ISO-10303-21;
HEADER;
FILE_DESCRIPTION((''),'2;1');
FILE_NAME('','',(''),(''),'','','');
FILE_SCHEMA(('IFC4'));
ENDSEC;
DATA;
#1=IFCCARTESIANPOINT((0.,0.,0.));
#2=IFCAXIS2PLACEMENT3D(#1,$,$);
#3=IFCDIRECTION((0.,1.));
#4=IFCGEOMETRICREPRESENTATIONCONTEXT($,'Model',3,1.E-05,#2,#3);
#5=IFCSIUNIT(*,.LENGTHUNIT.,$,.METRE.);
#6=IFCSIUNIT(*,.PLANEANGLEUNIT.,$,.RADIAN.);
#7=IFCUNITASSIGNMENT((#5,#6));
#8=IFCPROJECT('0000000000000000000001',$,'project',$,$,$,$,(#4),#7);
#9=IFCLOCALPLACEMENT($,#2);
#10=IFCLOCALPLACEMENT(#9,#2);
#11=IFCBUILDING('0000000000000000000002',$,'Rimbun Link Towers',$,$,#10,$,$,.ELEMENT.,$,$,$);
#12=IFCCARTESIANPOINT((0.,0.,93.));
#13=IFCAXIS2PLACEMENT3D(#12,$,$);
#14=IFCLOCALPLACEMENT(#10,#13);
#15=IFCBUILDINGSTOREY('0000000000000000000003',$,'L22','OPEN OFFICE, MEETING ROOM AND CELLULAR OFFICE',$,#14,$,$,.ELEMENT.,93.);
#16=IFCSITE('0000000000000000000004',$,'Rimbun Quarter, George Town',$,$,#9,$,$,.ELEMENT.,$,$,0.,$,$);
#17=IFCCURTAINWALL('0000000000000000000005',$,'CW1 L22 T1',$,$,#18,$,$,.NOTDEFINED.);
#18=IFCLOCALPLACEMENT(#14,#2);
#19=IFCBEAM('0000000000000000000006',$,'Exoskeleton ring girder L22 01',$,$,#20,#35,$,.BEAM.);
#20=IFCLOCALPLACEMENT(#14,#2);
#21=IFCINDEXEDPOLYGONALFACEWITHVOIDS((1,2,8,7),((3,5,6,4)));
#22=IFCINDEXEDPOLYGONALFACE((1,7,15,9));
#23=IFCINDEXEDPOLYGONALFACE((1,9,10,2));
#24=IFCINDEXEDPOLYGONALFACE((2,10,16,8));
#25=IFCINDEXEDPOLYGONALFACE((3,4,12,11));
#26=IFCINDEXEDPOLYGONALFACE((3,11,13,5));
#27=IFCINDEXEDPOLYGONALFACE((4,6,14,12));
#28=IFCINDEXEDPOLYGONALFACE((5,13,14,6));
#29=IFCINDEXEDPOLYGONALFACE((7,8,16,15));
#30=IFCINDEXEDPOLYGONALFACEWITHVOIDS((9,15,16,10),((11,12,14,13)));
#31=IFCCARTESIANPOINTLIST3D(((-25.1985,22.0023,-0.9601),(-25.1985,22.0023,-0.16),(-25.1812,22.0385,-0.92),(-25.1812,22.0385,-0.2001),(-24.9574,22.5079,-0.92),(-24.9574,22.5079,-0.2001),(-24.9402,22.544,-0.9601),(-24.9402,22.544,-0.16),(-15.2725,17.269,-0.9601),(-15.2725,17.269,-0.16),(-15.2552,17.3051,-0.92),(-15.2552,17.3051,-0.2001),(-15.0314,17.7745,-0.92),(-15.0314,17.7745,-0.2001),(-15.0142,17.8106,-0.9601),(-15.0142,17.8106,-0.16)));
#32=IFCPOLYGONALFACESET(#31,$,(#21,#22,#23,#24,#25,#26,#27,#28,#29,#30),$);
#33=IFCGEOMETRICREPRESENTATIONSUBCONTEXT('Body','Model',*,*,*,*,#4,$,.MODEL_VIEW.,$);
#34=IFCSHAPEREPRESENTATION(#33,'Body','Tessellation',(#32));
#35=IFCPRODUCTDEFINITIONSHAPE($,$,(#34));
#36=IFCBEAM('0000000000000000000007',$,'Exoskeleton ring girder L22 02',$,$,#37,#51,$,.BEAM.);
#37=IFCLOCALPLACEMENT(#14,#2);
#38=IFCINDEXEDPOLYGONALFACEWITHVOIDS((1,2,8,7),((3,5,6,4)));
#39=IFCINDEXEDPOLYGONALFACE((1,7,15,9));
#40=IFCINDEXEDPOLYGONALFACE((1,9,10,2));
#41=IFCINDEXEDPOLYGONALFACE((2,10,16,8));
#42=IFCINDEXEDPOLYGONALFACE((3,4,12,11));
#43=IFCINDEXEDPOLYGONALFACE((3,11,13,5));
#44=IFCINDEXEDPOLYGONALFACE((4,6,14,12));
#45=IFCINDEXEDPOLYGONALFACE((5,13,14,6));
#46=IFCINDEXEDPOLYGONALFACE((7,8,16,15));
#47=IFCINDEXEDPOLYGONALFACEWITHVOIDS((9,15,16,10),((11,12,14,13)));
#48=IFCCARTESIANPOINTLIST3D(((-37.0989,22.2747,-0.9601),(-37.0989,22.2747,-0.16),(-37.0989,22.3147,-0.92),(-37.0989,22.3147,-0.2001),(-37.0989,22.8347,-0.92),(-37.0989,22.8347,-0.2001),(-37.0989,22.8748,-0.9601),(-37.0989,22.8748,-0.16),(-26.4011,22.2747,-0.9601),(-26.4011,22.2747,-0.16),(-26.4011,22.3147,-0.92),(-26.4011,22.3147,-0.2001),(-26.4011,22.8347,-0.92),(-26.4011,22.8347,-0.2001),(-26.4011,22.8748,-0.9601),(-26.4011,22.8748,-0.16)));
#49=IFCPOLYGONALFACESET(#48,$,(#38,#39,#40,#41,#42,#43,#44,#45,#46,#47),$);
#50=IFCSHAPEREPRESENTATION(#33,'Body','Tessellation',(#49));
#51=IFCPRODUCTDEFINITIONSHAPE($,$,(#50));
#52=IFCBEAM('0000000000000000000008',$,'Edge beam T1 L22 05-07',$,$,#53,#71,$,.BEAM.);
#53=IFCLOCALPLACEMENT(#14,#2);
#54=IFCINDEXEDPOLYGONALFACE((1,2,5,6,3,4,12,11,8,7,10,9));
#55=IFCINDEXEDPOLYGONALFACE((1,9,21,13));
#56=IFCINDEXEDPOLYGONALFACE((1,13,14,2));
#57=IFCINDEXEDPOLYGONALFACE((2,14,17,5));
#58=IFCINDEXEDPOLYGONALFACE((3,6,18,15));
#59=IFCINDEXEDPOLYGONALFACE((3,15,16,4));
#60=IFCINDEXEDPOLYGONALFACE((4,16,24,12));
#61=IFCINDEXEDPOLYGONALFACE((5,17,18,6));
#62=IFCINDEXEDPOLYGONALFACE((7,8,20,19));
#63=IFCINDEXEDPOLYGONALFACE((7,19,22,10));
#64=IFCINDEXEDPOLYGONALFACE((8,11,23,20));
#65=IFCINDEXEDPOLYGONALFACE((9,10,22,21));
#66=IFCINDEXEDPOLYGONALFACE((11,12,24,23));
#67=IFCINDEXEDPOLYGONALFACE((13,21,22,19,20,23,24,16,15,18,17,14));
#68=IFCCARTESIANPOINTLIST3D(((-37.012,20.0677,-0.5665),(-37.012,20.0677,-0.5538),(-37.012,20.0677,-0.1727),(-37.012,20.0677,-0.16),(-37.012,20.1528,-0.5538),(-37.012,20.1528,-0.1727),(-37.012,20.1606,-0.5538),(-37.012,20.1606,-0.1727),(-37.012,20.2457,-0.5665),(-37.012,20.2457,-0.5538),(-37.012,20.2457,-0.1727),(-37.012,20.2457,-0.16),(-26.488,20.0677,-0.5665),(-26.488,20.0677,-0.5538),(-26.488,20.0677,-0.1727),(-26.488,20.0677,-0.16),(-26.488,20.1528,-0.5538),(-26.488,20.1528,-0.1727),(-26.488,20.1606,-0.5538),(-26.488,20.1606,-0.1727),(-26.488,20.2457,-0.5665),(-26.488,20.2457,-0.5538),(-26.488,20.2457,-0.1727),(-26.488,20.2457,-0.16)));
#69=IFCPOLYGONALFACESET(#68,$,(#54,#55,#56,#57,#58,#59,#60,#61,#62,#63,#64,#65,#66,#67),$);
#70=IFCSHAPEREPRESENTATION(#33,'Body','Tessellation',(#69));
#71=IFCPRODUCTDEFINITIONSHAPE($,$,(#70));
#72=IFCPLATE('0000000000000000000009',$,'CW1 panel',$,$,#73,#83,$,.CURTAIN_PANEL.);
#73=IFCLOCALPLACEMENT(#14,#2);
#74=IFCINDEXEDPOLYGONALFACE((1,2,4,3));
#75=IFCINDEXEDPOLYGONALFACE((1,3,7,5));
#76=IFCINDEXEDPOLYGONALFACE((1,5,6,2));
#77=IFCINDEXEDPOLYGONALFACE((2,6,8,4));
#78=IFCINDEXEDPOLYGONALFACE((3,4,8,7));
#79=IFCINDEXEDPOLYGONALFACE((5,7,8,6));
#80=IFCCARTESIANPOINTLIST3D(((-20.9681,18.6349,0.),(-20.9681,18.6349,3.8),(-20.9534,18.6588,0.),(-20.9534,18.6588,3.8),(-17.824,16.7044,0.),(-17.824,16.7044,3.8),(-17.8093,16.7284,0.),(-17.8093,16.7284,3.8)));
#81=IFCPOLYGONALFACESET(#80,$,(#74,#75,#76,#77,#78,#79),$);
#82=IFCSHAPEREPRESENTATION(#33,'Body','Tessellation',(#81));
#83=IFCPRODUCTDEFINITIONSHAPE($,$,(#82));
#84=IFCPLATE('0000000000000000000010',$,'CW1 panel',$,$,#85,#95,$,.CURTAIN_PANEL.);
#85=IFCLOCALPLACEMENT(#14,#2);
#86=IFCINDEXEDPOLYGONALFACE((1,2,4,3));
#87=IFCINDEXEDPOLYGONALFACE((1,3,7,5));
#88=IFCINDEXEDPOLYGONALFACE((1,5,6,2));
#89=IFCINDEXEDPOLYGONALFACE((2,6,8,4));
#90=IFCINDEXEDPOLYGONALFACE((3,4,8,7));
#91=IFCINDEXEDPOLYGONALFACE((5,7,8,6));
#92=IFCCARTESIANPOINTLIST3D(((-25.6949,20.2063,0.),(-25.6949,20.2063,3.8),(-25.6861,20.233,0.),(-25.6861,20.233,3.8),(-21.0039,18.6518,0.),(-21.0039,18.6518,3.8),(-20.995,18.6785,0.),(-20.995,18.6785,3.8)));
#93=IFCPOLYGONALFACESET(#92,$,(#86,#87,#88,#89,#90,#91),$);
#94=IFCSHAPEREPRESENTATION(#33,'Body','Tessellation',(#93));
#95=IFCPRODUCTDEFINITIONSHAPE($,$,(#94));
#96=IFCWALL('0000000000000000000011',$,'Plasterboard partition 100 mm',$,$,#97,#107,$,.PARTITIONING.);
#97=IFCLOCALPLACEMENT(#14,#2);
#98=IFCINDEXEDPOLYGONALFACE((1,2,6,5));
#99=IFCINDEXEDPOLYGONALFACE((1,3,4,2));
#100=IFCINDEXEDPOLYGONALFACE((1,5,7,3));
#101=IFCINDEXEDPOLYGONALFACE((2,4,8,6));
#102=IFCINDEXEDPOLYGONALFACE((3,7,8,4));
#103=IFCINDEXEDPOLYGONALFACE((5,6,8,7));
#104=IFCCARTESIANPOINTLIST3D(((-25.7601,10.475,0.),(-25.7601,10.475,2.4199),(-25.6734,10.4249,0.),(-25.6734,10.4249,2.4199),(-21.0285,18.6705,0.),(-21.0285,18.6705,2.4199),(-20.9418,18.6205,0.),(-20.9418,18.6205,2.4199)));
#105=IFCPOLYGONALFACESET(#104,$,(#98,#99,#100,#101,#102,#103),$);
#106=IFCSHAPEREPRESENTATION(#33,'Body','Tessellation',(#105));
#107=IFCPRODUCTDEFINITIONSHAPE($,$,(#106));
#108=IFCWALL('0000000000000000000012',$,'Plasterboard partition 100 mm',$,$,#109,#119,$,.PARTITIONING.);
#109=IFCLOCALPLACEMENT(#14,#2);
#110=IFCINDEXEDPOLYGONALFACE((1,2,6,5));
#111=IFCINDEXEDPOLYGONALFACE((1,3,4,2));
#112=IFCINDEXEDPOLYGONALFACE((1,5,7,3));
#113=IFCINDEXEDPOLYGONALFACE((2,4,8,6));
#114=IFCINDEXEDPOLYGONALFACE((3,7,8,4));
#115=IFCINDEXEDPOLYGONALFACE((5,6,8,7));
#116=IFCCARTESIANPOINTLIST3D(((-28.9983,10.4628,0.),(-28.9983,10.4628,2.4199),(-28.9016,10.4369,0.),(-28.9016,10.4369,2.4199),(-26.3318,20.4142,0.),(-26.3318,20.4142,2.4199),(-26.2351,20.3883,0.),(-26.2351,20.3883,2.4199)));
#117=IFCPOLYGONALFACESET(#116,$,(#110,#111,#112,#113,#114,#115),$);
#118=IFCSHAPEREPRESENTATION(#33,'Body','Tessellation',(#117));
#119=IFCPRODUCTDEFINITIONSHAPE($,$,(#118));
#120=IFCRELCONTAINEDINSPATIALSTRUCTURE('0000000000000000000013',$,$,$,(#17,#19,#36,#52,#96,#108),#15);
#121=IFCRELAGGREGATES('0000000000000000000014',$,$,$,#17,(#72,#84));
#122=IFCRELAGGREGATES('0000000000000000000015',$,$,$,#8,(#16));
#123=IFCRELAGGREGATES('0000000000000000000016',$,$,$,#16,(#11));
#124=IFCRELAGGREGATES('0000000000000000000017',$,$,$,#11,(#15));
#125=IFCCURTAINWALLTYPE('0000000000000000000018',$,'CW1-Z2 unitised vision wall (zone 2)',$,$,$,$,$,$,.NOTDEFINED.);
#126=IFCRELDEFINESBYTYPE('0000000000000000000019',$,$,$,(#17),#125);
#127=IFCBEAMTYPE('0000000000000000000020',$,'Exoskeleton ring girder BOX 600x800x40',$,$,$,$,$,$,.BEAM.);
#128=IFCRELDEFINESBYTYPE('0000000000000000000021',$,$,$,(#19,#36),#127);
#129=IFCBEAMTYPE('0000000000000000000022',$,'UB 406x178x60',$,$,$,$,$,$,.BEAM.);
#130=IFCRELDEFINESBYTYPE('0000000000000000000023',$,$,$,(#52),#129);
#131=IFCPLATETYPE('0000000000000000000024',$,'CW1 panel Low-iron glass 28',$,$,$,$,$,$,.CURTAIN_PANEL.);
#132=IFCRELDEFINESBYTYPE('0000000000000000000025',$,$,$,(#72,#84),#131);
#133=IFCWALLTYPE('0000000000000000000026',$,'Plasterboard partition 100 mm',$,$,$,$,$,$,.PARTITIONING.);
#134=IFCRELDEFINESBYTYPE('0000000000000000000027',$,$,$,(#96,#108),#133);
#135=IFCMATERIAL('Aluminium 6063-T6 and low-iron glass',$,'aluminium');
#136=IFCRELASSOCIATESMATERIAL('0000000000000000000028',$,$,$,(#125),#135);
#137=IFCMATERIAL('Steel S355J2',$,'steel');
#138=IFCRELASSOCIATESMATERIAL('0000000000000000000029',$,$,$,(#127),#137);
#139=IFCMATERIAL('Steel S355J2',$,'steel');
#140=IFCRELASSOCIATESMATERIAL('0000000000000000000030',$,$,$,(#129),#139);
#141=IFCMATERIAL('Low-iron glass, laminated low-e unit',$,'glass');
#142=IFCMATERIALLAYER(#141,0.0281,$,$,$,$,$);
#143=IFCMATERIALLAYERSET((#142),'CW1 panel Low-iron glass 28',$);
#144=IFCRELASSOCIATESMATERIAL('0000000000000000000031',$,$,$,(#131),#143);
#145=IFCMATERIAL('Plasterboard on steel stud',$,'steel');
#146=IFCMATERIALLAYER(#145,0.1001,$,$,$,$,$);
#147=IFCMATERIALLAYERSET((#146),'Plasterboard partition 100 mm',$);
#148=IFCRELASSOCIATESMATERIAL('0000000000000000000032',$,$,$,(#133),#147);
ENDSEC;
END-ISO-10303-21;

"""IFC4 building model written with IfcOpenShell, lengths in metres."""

from ifc_helpers import new_model, si_unit, direction, frame, frame_2d, origin, origin_2d, place, context, subcontext, project, spatial, rectangle, hollow_rectangle, i_section, extrude, material, layer, layer_set, material_profile, profile_set, type_object, element, aggregate, save


model = new_model("IFC4")

# Units and contexts
model_context = context("Model", 3, precision=1e-05, world=origin(), true_north=direction((0.0, 1.0)))
body_context = subcontext(model_context, "Body", "Model", "MODEL_VIEW")
ifc_project = project(units=[si_unit("LENGTHUNIT", "METRE"), si_unit("PLANEANGLEUNIT", "RADIAN")], contexts=[model_context])

# Site, building, storey
site_placement = place(None, origin())
site = spatial("IfcSite", under=ifc_project, at=site_placement, Name="Rimbun Quarter, George Town", CompositionType="ELEMENT", RefElevation=0.0)
building_placement = place(site_placement, origin())
building = spatial("IfcBuilding", under=site, at=building_placement, Name="Rimbun Link Towers", CompositionType="ELEMENT")
storey_placement = place(building_placement, frame((0.0, 0.0, 93.0)))
storey = spatial("IfcBuildingStorey", under=building, at=storey_placement, Name="L22", Description="OPEN OFFICE, MEETING ROOM AND CELLULAR OFFICE", CompositionType="ELEMENT", Elevation=93.0)

# Curtain wall
ifc_material_1 = material(Name="Aluminium 6063-T6 and low-iron glass", Category="aluminium")
curtain_wall_type = type_object("IfcCurtainWallType", Name="CW1-Z2 unitised vision wall (zone 2)", PredefinedType="NOTDEFINED", material=ifc_material_1)
curtain_wall_placement = place(storey_placement, origin())
curtain_wall = element("IfcCurtainWall", 1, at=curtain_wall_placement, inside=storey, type_object=curtain_wall_type, Name="CW1 L22 T1", PredefinedType="NOTDEFINED")

# Beams
ifc_material_2 = material(Name="Steel S355J2", Category="steel")
ifc_material_profile_1 = material_profile(ifc_material_2, hollow_rectangle(XDim=0.6001, YDim=0.8, WallThickness=0.04, at=origin_2d()), Name="Exoskeleton ring girder BOX 600x800x40")
ifc_profile_set_1 = profile_set([ifc_material_profile_1], Name="Steel S355J2")
beam_type_1 = type_object("IfcBeamType", Name="Exoskeleton ring girder BOX 600x800x40", PredefinedType="BEAM", material=ifc_profile_set_1)
beam_1_placement = place(storey_placement, frame((-15.1433, 17.5398, -0.5601), z_axis=(-0.902623, 0.430432, 0.0), x_axis=(-0.430432, -0.902623, 0.0)))
element("IfcBeam", 2, at=beam_1_placement, inside=storey, type_object=beam_type_1, Name="Exoskeleton ring girder L22 01", PredefinedType="BEAM", context=body_context, shape_type="SweptSolid", body=[
    extrude(hollow_rectangle(XDim=0.6001, YDim=0.8, WallThickness=0.04, at=origin_2d()), origin(), (0.0, 0.0, 1.0), 10.9968),
])
beam_2_placement = place(storey_placement, frame((-26.4011, 22.5747, -0.5601), z_axis=(-1.0, 0.0, 0.0), x_axis=(0.0, -1.0, 0.0)))
element("IfcBeam", 3, at=beam_2_placement, inside=storey, type_object=beam_type_1, Name="Exoskeleton ring girder L22 02", PredefinedType="BEAM", context=body_context, shape_type="SweptSolid", body=[
    extrude(hollow_rectangle(XDim=0.6001, YDim=0.8, WallThickness=0.04, at=origin_2d()), origin(), (0.0, 0.0, 1.0), 10.6978),
])
ifc_material_3 = material(Name="Steel S355J2", Category="steel")
ifc_material_profile_2 = material_profile(ifc_material_3, i_section(OverallWidth=0.178, OverallDepth=0.4065, WebThickness=0.0078, FlangeThickness=0.0127, at=origin_2d()), Name="UB 406x178x60")
ifc_profile_set_2 = profile_set([ifc_material_profile_2], Name="Steel S355J2")
beam_type_2 = type_object("IfcBeamType", Name="UB 406x178x60", PredefinedType="BEAM", material=ifc_profile_set_2)
beam_3_placement = place(storey_placement, frame((-26.488, 20.1567, -0.3633), z_axis=(-1.0, 0.0, 0.0), x_axis=(0.0, -1.0, 0.0)))
element("IfcBeam", 4, at=beam_3_placement, inside=storey, type_object=beam_type_2, Name="Edge beam T1 L22 05-07", PredefinedType="BEAM", context=body_context, shape_type="SweptSolid", body=[
    extrude(i_section(OverallWidth=0.178, OverallDepth=0.4065, WebThickness=0.0078, FlangeThickness=0.0127, at=origin_2d()), origin(), (0.0, 0.0, 1.0), 10.5239),
])

# Plates
ifc_material_4 = material(Name="Low-iron glass, laminated low-e unit", Category="glass")
ifc_layer_1 = layer(ifc_material_4, 0.0281)
ifc_layer_set_1 = layer_set([ifc_layer_1], Name="CW1 panel Low-iron glass 28")
plate_type = type_object("IfcPlateType", Name="CW1 panel Low-iron glass 28", PredefinedType="CURTAIN_PANEL", material=ifc_layer_set_1)
plate_1_placement = place(storey_placement, frame((-19.3887, 17.6816, 0.0), z_axis=(0.0, 0.0, 1.0), x_axis=(0.852186, -0.523239, 0.0)))
plate_1 = element("IfcPlate", 5, at=plate_1_placement, type_object=plate_type, Name="CW1 panel", PredefinedType="CURTAIN_PANEL", context=body_context, shape_type="SweptSolid", body=[
    extrude(rectangle(XDim=3.6895, YDim=0.0281, at=origin_2d()), origin(), (0.0, 0.0, 1.0), 3.8),
])
plate_2_placement = place(storey_placement, frame((-23.345, 19.4424, 0.0), z_axis=(0.0, 0.0, 1.0), x_axis=(0.949239, -0.314556, 0.0)))
plate_2 = element("IfcPlate", 6, at=plate_2_placement, type_object=plate_type, Name="CW1 panel", PredefinedType="CURTAIN_PANEL", context=body_context, shape_type="SweptSolid", body=[
    extrude(rectangle(XDim=4.9419, YDim=0.0281, at=origin_2d()), origin(), (0.0, 0.0, 1.0), 3.8),
])
aggregate(curtain_wall, [plate_1, plate_2])

# Walls
ifc_material_5 = material(Name="Plasterboard on steel stud", Category="steel")
ifc_layer_2 = layer(ifc_material_5, 0.1001)
ifc_layer_set_2 = layer_set([ifc_layer_2], Name="Plasterboard partition 100 mm")
wall_type = type_object("IfcWallType", Name="Plasterboard partition 100 mm", PredefinedType="PARTITIONING", material=ifc_layer_set_2)
wall_1_placement = place(storey_placement, frame((-20.9851, 18.6455, 0.0), z_axis=(0.0, 0.0, 1.0), x_axis=(-0.499999, -0.866026, 0.0)))
element("IfcWall", 7, at=wall_1_placement, inside=storey, type_object=wall_type, Name="Plasterboard partition 100 mm", PredefinedType="PARTITIONING", context=body_context, shape_type="SweptSolid", body=[
    extrude(rectangle(XDim=9.4634, YDim=0.1001, at=frame_2d((4.7317, 0.0))), origin(), (0.0, 0.0, 1.0), 2.4199),
])
wall_2_placement = place(storey_placement, frame((-26.2834, 20.4014, 0.0), z_axis=(0.0, 0.0, 1.0), x_axis=(-0.258822, -0.965925, 0.0)))
element("IfcWall", 8, at=wall_2_placement, inside=storey, type_object=wall_type, Name="Plasterboard partition 100 mm", PredefinedType="PARTITIONING", context=body_context, shape_type="SweptSolid", body=[
    extrude(rectangle(XDim=10.3025, YDim=0.1001, at=frame_2d((5.1514, 0.0))), origin(), (0.0, 0.0, 1.0), 2.4199),
])

save(model, "model.ifc")
